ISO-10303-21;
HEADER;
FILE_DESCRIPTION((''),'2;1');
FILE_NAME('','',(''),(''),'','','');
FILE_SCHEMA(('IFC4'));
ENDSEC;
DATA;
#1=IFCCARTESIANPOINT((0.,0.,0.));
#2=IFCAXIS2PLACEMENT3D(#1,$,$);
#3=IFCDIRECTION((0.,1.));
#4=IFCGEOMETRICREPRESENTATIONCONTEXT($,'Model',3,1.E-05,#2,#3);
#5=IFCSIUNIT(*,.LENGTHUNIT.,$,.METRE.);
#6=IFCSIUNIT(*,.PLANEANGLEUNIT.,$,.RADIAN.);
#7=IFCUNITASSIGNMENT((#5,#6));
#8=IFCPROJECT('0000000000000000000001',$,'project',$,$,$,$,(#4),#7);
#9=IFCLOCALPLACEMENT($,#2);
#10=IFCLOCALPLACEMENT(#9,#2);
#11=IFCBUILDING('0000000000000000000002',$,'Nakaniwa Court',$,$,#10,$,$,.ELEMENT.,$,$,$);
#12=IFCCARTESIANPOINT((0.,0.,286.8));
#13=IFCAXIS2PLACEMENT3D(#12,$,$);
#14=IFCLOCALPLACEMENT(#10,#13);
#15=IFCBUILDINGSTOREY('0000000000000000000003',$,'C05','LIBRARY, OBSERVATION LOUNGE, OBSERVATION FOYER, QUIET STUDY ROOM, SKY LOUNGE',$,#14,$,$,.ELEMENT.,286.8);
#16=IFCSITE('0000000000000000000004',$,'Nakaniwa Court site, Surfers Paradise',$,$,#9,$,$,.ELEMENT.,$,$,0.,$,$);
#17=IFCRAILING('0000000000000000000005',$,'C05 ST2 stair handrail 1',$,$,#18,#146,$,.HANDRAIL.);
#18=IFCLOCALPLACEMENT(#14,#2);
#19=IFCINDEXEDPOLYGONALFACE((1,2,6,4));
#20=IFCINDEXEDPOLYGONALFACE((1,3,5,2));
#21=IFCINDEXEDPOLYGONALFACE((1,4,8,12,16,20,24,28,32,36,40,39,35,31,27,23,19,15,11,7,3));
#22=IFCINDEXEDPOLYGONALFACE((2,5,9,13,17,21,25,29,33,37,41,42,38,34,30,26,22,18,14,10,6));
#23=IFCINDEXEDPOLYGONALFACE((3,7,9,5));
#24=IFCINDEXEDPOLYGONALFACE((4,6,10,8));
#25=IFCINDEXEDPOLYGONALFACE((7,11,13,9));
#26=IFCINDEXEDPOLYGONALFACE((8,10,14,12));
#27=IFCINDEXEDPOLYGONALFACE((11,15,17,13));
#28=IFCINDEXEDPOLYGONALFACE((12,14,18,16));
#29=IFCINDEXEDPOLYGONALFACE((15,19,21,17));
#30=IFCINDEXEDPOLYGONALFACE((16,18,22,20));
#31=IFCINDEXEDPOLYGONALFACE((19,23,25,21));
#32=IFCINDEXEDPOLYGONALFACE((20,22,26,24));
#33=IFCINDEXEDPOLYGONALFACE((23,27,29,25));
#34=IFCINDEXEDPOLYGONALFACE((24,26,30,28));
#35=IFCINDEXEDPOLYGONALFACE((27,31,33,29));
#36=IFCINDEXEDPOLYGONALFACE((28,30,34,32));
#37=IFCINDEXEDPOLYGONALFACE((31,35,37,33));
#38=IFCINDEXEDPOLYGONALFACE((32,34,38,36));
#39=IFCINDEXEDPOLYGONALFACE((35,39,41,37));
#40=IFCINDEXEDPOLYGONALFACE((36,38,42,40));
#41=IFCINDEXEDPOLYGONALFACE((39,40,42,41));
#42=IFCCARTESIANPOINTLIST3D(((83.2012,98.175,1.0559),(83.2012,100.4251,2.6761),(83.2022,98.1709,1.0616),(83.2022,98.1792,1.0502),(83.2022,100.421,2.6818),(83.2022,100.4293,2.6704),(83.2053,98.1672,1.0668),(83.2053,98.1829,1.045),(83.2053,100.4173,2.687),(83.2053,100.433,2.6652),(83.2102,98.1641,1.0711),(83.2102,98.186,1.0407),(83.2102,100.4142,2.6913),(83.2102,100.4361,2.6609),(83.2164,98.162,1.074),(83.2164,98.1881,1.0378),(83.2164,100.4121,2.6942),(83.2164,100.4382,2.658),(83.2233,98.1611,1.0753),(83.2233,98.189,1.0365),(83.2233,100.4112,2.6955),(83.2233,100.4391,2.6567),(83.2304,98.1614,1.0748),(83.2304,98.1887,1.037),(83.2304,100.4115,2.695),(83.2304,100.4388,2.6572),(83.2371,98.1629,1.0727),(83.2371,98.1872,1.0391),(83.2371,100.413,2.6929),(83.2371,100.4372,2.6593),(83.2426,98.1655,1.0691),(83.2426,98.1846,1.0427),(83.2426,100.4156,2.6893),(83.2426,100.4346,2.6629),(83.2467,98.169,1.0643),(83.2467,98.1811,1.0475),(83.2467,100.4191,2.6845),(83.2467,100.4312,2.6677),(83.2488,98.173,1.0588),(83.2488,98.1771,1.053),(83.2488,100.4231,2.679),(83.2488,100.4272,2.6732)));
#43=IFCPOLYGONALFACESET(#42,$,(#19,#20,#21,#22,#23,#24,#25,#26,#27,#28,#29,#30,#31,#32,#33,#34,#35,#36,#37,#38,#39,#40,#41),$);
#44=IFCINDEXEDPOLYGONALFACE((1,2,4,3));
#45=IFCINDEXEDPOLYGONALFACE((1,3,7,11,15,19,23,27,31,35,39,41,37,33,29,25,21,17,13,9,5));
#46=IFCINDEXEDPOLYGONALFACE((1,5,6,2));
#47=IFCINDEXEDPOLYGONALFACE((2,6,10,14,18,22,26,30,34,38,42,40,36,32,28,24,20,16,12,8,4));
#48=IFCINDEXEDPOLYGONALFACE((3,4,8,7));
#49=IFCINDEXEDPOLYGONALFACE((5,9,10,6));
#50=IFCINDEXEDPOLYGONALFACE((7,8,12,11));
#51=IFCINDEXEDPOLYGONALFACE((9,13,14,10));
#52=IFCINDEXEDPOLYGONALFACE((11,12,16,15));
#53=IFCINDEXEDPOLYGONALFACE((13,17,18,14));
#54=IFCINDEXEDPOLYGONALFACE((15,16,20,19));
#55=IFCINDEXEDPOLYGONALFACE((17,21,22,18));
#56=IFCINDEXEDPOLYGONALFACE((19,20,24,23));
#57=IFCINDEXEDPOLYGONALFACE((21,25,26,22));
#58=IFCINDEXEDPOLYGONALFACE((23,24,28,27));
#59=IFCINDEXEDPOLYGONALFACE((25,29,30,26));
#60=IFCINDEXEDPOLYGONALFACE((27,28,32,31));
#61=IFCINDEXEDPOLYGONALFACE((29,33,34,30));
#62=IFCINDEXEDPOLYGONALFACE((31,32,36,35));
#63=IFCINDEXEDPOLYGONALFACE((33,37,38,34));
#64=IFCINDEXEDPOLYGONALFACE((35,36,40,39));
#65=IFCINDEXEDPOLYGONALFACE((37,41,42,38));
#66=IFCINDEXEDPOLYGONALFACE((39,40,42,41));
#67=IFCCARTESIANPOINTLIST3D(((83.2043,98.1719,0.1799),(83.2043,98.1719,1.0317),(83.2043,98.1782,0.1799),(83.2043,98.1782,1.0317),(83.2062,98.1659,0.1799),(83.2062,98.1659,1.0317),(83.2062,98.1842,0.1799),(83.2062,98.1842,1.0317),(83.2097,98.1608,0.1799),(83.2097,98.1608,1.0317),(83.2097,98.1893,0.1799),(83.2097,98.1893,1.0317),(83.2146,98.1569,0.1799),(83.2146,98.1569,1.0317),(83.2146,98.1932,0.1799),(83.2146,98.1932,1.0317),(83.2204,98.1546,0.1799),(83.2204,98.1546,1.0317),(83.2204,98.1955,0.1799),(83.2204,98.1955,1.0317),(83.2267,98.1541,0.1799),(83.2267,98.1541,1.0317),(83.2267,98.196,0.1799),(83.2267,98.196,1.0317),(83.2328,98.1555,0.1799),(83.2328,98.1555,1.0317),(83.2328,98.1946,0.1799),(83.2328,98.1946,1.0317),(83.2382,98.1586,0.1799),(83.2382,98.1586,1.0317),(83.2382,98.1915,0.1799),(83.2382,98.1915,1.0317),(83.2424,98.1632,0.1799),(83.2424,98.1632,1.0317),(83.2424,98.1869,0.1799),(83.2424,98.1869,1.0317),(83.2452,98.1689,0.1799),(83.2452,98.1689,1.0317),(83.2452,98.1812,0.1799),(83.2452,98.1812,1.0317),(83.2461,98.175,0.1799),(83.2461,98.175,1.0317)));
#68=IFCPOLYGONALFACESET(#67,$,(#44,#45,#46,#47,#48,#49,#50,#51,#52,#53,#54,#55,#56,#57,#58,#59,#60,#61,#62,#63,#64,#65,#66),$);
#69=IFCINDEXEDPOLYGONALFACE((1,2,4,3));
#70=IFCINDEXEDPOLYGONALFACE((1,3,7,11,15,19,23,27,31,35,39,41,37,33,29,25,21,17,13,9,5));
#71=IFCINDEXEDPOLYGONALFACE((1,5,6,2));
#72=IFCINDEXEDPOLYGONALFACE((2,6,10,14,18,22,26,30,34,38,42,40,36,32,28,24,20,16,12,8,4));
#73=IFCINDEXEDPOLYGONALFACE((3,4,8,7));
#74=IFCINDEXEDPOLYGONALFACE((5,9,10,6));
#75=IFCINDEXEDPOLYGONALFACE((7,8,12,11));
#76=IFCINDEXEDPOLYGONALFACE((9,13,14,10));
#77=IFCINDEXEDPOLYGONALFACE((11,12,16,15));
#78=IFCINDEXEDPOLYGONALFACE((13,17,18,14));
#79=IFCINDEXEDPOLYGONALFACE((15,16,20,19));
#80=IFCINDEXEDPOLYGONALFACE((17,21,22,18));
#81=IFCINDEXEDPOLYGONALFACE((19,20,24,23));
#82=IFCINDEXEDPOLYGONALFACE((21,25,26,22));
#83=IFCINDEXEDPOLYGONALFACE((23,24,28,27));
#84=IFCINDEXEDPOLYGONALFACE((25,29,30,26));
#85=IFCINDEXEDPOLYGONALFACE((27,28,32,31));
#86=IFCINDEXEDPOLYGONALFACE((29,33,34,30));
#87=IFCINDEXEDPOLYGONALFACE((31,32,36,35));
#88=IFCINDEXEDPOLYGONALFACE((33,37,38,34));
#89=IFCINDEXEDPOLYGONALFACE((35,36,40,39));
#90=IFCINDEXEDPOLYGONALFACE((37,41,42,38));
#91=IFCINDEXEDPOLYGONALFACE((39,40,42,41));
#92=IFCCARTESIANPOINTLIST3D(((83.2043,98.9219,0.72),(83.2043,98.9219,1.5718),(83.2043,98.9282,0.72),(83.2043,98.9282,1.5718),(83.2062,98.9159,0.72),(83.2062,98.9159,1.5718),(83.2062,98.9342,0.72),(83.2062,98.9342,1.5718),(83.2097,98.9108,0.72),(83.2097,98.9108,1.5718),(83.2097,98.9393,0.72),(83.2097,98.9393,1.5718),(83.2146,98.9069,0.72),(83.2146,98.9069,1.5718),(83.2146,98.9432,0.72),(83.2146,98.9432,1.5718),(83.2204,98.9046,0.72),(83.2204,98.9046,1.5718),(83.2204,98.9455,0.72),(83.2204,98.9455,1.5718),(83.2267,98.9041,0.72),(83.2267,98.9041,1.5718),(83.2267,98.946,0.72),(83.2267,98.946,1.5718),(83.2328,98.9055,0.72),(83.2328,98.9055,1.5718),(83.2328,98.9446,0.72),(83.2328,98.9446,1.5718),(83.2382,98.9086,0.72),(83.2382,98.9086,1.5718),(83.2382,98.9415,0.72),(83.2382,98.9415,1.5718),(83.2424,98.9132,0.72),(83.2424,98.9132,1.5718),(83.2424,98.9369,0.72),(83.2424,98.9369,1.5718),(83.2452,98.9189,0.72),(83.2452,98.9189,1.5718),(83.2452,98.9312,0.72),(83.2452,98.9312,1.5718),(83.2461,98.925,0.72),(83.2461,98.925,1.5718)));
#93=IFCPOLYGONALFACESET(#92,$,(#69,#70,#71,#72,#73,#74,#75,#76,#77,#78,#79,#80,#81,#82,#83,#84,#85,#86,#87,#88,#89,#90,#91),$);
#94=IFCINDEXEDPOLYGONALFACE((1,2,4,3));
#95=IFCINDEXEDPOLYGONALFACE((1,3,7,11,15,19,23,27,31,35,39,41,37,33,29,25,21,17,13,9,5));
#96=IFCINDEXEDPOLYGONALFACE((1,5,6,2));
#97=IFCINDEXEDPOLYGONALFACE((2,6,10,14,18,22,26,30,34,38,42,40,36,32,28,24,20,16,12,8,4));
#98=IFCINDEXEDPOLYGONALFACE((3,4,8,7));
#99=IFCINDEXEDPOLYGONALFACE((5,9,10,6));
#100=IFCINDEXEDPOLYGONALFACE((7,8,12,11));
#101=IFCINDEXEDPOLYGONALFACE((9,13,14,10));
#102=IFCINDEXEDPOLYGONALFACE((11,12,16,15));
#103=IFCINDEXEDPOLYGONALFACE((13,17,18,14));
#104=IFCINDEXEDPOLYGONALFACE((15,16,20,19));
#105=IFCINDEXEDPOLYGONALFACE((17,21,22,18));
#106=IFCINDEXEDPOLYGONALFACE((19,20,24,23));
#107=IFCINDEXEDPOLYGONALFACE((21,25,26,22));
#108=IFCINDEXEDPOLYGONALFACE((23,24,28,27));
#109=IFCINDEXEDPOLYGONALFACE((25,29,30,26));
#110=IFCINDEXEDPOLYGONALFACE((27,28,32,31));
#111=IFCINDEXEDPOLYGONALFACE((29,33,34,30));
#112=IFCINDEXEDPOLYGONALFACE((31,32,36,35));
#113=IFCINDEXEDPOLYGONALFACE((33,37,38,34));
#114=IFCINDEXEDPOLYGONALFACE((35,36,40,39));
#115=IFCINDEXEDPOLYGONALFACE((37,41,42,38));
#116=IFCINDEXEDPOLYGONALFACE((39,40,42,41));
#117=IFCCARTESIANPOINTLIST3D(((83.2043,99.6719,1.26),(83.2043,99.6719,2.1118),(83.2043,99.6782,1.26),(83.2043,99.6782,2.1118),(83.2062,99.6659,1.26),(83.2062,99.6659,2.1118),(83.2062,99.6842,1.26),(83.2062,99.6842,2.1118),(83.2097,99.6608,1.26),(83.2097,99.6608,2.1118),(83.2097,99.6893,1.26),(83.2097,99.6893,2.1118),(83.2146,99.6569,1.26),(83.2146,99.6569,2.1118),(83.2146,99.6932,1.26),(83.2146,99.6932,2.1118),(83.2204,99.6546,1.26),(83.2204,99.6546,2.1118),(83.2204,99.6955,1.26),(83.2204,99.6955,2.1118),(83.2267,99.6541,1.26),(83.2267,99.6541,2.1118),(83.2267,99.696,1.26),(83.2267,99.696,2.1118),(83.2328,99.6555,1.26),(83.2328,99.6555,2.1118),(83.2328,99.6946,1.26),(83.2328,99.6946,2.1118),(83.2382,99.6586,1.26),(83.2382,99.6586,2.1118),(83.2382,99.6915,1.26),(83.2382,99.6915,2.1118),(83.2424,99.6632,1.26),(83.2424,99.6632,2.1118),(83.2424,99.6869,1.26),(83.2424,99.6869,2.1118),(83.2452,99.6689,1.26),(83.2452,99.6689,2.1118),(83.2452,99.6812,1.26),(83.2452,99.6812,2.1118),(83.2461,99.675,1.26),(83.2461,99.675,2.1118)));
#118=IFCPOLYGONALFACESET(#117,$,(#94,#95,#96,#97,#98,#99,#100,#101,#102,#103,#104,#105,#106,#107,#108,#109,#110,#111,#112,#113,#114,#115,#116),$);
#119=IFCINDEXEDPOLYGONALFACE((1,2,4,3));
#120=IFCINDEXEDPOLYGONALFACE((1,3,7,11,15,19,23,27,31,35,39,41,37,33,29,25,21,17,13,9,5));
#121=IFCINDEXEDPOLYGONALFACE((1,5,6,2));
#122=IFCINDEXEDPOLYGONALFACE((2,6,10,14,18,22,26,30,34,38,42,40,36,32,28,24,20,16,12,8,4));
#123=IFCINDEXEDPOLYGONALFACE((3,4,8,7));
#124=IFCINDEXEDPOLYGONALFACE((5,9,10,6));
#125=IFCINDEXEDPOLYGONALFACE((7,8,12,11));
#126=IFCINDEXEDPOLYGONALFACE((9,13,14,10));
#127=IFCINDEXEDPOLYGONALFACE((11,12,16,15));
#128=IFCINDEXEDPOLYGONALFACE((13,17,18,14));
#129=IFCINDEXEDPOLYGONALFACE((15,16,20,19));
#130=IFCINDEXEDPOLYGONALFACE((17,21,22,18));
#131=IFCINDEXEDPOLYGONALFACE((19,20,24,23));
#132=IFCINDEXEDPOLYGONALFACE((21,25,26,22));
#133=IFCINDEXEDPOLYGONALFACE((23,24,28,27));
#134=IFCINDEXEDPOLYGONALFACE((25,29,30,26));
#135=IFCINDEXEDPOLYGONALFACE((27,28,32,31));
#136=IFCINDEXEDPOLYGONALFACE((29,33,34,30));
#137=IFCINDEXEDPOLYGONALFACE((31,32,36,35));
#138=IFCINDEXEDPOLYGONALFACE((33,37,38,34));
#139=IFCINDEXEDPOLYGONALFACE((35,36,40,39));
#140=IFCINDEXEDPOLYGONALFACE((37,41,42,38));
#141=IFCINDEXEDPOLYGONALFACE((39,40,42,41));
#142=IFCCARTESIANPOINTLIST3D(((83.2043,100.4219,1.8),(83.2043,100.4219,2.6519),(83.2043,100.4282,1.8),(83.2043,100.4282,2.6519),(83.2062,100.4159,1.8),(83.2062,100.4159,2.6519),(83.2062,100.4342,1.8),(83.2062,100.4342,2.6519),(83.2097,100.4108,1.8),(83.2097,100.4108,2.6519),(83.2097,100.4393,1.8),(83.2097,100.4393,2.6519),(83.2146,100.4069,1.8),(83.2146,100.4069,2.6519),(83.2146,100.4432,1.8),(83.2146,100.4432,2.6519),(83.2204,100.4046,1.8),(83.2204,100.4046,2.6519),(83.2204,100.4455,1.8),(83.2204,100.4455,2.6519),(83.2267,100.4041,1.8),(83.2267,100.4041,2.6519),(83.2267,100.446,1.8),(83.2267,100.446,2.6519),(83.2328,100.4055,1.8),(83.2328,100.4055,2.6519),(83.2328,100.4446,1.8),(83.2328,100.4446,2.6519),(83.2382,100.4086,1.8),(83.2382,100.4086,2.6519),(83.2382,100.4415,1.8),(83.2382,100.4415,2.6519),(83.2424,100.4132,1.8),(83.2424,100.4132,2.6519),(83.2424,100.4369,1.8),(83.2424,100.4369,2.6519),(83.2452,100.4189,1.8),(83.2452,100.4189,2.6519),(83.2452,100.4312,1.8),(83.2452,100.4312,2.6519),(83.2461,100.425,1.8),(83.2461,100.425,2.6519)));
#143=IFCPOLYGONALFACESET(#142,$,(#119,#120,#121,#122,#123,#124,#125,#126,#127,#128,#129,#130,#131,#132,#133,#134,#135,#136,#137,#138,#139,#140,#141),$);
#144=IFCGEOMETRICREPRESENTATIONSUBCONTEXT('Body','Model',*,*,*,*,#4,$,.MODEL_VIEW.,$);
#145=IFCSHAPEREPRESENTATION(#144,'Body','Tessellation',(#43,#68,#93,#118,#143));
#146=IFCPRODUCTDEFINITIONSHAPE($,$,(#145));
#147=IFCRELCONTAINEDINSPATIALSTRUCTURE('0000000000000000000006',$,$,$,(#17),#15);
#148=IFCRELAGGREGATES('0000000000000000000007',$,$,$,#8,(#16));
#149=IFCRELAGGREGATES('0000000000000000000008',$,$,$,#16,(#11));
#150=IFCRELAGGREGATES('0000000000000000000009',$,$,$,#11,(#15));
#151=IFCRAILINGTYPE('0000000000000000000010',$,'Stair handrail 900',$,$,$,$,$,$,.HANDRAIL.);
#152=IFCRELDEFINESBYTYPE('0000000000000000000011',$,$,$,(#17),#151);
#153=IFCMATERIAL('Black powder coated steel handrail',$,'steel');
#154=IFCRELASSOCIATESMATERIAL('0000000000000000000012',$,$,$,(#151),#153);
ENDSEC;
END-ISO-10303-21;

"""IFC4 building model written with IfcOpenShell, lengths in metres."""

from ifc_helpers import new_model, si_unit, direction, frame, origin, origin_2d, place, context, subcontext, project, spatial, circle, extrude, material, type_object, element, save


model = new_model("IFC4")

# Units and contexts
model_context = context("Model", 3, precision=1e-05, world=origin(), true_north=direction((0.0, 1.0)))
body_context = subcontext(model_context, "Body", "Model", "MODEL_VIEW")
ifc_project = project(units=[si_unit("LENGTHUNIT", "METRE"), si_unit("PLANEANGLEUNIT", "RADIAN")], contexts=[model_context])

# Site, building, storey
site_placement = place(None, origin())
site = spatial("IfcSite", under=ifc_project, at=site_placement, Name="Nakaniwa Court site, Surfers Paradise", CompositionType="ELEMENT", RefElevation=0.0)
building_placement = place(site_placement, origin())
building = spatial("IfcBuilding", under=site, at=building_placement, Name="Nakaniwa Court", CompositionType="ELEMENT")
storey_placement = place(building_placement, frame((0.0, 0.0, 286.8)))
storey = spatial("IfcBuildingStorey", under=building, at=storey_placement, Name="C05", Description="LIBRARY, OBSERVATION LOUNGE, OBSERVATION FOYER, QUIET STUDY ROOM, SKY LOUNGE", CompositionType="ELEMENT", Elevation=286.8)

# Railing
ifc_material_1 = material(Name="Black powder coated steel handrail", Category="steel")
railing_type = type_object("IfcRailingType", Name="Stair handrail 900", PredefinedType="HANDRAIL", material=ifc_material_1)
railing_placement = place(storey_placement, frame((83.2251, 98.175, 0.1799)))
element("IfcRailing", 1, at=railing_placement, inside=storey, type_object=railing_type, Name="C05 ST2 stair handrail 1", PredefinedType="HANDRAIL", context=body_context, shape_type="SweptSolid", body=[
    extrude(circle(Radius=0.0239, at=origin_2d()), frame((0.0, 0.0, 0.876), z_axis=(0.0, 0.811514, 0.584333), x_axis=(-1.0, 0.0, 0.0)), (0.0, 0.0, 1.0), 2.7727),
    extrude(circle(Radius=0.021, at=origin_2d()), origin(), (0.0, 0.0, 1.0), 0.8518),
    extrude(circle(Radius=0.021, at=origin_2d()), frame((0.0, 0.75, 0.54)), (0.0, 0.0, 1.0), 0.8518),
    extrude(circle(Radius=0.021, at=origin_2d()), frame((0.0, 1.5, 1.0801)), (0.0, 0.0, 1.0), 0.8518),
    extrude(circle(Radius=0.021, at=origin_2d()), frame((0.0, 2.25, 1.6201)), (0.0, 0.0, 1.0), 0.8518),
])

save(model, "model.ifc")
